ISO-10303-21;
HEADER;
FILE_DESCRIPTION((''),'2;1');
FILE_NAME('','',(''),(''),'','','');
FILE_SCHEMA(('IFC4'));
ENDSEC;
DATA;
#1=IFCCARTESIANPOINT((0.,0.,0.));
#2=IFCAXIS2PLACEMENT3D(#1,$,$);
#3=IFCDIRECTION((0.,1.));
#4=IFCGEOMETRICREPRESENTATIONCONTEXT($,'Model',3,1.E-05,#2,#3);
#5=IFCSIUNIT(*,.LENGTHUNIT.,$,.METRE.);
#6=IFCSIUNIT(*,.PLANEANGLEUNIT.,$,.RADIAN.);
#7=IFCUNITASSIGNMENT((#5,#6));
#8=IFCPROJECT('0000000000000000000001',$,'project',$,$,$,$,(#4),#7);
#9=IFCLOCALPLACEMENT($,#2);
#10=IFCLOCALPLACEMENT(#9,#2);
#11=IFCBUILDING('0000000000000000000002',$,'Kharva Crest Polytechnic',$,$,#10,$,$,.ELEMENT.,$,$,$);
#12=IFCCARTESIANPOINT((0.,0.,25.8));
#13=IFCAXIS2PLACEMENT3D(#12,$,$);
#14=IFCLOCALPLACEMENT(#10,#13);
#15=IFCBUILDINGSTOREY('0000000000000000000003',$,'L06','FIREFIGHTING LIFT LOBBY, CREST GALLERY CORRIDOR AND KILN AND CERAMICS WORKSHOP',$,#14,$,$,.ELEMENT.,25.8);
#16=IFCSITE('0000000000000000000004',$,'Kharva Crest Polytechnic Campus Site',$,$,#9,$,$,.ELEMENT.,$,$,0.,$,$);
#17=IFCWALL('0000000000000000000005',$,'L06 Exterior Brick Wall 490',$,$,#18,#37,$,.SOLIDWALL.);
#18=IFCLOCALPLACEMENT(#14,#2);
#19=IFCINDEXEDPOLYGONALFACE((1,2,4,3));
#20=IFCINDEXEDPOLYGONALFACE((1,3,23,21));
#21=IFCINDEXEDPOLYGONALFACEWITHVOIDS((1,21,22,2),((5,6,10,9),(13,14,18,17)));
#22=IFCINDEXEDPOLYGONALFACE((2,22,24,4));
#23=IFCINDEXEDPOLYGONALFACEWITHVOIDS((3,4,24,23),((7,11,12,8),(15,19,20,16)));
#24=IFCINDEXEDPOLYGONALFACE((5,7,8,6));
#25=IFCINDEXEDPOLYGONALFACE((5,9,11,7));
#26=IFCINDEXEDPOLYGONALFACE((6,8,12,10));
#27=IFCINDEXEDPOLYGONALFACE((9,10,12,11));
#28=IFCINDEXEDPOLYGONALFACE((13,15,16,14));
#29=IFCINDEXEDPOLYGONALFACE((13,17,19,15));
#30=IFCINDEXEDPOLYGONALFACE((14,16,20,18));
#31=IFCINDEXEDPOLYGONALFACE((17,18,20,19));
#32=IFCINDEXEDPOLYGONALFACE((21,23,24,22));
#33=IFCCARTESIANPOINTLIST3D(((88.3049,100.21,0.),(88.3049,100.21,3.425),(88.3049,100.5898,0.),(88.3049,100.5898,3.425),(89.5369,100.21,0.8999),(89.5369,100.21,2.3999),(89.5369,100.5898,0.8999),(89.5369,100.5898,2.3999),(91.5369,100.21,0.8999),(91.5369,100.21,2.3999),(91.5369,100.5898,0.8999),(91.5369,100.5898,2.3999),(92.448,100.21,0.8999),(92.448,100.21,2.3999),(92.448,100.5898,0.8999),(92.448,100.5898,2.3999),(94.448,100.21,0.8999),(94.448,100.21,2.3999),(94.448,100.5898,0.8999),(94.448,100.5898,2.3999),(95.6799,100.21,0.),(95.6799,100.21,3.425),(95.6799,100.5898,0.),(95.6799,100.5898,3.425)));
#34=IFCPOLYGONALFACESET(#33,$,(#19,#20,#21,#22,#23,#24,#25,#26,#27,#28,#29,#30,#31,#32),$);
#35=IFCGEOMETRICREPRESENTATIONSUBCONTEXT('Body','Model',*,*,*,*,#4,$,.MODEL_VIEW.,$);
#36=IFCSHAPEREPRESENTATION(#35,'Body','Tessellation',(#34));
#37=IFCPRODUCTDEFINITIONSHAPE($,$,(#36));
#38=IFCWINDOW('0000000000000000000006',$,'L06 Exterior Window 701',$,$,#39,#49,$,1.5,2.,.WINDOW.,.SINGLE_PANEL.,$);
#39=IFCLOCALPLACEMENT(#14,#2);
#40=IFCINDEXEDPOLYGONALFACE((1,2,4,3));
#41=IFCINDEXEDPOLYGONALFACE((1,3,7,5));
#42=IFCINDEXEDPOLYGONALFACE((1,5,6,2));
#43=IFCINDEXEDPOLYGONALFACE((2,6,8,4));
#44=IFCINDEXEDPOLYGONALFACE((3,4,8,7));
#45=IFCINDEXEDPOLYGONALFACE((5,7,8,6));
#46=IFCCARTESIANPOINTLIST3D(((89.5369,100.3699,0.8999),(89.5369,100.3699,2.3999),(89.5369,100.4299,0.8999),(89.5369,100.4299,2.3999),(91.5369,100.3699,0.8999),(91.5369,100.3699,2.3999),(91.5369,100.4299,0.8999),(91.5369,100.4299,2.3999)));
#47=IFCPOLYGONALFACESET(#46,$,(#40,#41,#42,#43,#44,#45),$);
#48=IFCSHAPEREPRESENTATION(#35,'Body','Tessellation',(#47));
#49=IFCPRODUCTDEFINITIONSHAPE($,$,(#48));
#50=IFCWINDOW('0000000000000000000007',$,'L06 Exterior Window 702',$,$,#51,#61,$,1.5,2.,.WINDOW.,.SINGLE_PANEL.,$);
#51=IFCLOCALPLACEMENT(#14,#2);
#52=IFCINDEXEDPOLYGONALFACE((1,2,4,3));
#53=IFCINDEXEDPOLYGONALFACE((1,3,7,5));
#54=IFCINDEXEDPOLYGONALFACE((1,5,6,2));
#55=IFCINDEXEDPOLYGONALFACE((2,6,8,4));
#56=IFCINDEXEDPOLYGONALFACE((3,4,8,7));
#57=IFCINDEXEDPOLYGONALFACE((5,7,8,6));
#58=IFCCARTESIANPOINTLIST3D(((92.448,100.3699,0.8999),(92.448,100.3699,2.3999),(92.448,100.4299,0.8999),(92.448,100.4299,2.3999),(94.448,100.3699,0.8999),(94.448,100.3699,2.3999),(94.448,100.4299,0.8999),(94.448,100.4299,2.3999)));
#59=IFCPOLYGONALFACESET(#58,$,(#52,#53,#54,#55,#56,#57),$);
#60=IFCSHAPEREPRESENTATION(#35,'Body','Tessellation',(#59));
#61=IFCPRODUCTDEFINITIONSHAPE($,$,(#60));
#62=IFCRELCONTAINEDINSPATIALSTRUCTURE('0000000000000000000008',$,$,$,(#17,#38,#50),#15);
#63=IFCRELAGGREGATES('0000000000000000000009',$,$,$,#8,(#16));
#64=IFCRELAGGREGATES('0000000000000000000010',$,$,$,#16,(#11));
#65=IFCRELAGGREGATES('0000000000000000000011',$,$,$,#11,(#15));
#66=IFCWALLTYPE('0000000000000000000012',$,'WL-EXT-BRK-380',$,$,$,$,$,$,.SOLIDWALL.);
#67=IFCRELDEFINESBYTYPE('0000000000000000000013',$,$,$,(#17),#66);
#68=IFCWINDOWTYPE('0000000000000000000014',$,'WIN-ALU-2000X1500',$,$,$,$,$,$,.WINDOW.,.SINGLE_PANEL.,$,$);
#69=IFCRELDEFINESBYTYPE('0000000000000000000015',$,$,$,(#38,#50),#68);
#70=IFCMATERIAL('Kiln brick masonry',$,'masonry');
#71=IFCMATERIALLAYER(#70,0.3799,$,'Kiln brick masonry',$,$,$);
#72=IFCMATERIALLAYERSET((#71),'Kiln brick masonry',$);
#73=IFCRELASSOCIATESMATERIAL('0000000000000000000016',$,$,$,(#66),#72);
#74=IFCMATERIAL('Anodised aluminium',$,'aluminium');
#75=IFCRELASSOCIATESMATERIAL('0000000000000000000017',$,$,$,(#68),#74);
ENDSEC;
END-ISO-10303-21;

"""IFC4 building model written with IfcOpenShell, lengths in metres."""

from ifc_helpers import new_model, si_unit, direction, frame, frame_2d, origin, place, context, subcontext, project, spatial, rectangle, extrude, material, layer, layer_set, type_object, element, fill, save


model = new_model("IFC4")

# Units and contexts
model_context = context("Model", 3, precision=1e-05, world=origin(), true_north=direction((0.0, 1.0)))
body_context = subcontext(model_context, "Body", "Model", "MODEL_VIEW")
ifc_project = project(units=[si_unit("LENGTHUNIT", "METRE"), si_unit("PLANEANGLEUNIT", "RADIAN")], contexts=[model_context])

# Site, building, storey
site_placement = place(None, origin())
site = spatial("IfcSite", under=ifc_project, at=site_placement, Name="Kharva Crest Polytechnic Campus Site", CompositionType="ELEMENT", RefElevation=0.0)
building_placement = place(site_placement, origin())
building = spatial("IfcBuilding", under=site, at=building_placement, Name="Kharva Crest Polytechnic", CompositionType="ELEMENT")
storey_placement = place(building_placement, frame((0.0, 0.0, 25.8)))
storey = spatial("IfcBuildingStorey", under=building, at=storey_placement, Name="L06", Description="FIREFIGHTING LIFT LOBBY, CREST GALLERY CORRIDOR AND KILN AND CERAMICS WORKSHOP", CompositionType="ELEMENT", Elevation=25.8)

# Wall, openings, windows
ifc_material_1 = material(Name="Kiln brick masonry", Category="masonry")
ifc_material_2 = material(Name="Anodised aluminium", Category="aluminium")
ifc_layer_1 = layer(ifc_material_1, 0.3799, Name="Kiln brick masonry")
ifc_layer_set_1 = layer_set([ifc_layer_1], Name="Kiln brick masonry")
wall_type_1 = type_object("IfcWallType", Name="WL-EXT-BRK-380", PredefinedType="SOLIDWALL", material=ifc_layer_set_1)
wall_1_placement = place(storey_placement, frame((88.3049, 100.3999, 0.0), z_axis=(0.0, 0.0, 1.0), x_axis=(1.0, 0.0, 0.0)))
wall_1 = element("IfcWall", 1, at=wall_1_placement, inside=storey, type_object=wall_type_1, Name="L06 Exterior Brick Wall 490", PredefinedType="SOLIDWALL", context=body_context, shape_type="SweptSolid", body=[
    extrude(rectangle(XDim=7.375, YDim=0.3799, at=frame_2d((3.6875, 0.0))), origin(), (0.0, 0.0, 1.0), 3.425),
])
opening_1_placement = place(wall_1_placement, frame((1.2319, 0.0, 0.8999)))
opening_1 = element("IfcOpeningElement", 2, at=opening_1_placement, cuts=wall_1, PredefinedType="OPENING", context=body_context, shape_type="SweptSolid", body=[
    extrude(rectangle(XDim=2.0, YDim=1.5, at=frame_2d((1.0, 0.75))), frame((0.0, 0.2, 0.0), z_axis=(0.0, -1.0, 0.0), x_axis=(1.0, 0.0, 0.0)), (0.0, 0.0, 1.0), 0.3999),
])
opening_2_placement = place(wall_1_placement, frame((4.1431, 0.0, 0.8999)))
opening_2 = element("IfcOpeningElement", 3, at=opening_2_placement, cuts=wall_1, PredefinedType="OPENING", context=body_context, shape_type="SweptSolid", body=[
    extrude(rectangle(XDim=2.0, YDim=1.5, at=frame_2d((1.0, 0.75))), frame((0.0, 0.2, 0.0), z_axis=(0.0, -1.0, 0.0), x_axis=(1.0, 0.0, 0.0)), (0.0, 0.0, 1.0), 0.3999),
])
window_type_1 = type_object("IfcWindowType", Name="WIN-ALU-2000X1500", PartitioningType="SINGLE_PANEL", PredefinedType="WINDOW", material=ifc_material_2)
window_1_placement = place(opening_1_placement, origin())
window_1 = element("IfcWindow", 4, at=window_1_placement, inside=storey, type_object=window_type_1, Name="L06 Exterior Window 701", OverallHeight=1.5, OverallWidth=2.0, PartitioningType="SINGLE_PANEL", PredefinedType="WINDOW", context=body_context, shape_type="SweptSolid", body=[
    extrude(rectangle(XDim=2.0, YDim=1.5, at=frame_2d((1.0, 0.75))), frame((0.0, 0.03, 0.0), z_axis=(0.0, -1.0, 0.0), x_axis=(1.0, 0.0, 0.0)), (0.0, 0.0, 1.0), 0.0601),
])
fill(opening_1, window_1)
window_2_placement = place(opening_2_placement, origin())
window_2 = element("IfcWindow", 5, at=window_2_placement, inside=storey, type_object=window_type_1, Name="L06 Exterior Window 702", OverallHeight=1.5, OverallWidth=2.0, PartitioningType="SINGLE_PANEL", PredefinedType="WINDOW", context=body_context, shape_type="SweptSolid", body=[
    extrude(rectangle(XDim=2.0, YDim=1.5, at=frame_2d((1.0, 0.75))), frame((0.0, 0.03, 0.0), z_axis=(0.0, -1.0, 0.0), x_axis=(1.0, 0.0, 0.0)), (0.0, 0.0, 1.0), 0.0601),
])
fill(opening_2, window_2)

save(model, "model.ifc")
